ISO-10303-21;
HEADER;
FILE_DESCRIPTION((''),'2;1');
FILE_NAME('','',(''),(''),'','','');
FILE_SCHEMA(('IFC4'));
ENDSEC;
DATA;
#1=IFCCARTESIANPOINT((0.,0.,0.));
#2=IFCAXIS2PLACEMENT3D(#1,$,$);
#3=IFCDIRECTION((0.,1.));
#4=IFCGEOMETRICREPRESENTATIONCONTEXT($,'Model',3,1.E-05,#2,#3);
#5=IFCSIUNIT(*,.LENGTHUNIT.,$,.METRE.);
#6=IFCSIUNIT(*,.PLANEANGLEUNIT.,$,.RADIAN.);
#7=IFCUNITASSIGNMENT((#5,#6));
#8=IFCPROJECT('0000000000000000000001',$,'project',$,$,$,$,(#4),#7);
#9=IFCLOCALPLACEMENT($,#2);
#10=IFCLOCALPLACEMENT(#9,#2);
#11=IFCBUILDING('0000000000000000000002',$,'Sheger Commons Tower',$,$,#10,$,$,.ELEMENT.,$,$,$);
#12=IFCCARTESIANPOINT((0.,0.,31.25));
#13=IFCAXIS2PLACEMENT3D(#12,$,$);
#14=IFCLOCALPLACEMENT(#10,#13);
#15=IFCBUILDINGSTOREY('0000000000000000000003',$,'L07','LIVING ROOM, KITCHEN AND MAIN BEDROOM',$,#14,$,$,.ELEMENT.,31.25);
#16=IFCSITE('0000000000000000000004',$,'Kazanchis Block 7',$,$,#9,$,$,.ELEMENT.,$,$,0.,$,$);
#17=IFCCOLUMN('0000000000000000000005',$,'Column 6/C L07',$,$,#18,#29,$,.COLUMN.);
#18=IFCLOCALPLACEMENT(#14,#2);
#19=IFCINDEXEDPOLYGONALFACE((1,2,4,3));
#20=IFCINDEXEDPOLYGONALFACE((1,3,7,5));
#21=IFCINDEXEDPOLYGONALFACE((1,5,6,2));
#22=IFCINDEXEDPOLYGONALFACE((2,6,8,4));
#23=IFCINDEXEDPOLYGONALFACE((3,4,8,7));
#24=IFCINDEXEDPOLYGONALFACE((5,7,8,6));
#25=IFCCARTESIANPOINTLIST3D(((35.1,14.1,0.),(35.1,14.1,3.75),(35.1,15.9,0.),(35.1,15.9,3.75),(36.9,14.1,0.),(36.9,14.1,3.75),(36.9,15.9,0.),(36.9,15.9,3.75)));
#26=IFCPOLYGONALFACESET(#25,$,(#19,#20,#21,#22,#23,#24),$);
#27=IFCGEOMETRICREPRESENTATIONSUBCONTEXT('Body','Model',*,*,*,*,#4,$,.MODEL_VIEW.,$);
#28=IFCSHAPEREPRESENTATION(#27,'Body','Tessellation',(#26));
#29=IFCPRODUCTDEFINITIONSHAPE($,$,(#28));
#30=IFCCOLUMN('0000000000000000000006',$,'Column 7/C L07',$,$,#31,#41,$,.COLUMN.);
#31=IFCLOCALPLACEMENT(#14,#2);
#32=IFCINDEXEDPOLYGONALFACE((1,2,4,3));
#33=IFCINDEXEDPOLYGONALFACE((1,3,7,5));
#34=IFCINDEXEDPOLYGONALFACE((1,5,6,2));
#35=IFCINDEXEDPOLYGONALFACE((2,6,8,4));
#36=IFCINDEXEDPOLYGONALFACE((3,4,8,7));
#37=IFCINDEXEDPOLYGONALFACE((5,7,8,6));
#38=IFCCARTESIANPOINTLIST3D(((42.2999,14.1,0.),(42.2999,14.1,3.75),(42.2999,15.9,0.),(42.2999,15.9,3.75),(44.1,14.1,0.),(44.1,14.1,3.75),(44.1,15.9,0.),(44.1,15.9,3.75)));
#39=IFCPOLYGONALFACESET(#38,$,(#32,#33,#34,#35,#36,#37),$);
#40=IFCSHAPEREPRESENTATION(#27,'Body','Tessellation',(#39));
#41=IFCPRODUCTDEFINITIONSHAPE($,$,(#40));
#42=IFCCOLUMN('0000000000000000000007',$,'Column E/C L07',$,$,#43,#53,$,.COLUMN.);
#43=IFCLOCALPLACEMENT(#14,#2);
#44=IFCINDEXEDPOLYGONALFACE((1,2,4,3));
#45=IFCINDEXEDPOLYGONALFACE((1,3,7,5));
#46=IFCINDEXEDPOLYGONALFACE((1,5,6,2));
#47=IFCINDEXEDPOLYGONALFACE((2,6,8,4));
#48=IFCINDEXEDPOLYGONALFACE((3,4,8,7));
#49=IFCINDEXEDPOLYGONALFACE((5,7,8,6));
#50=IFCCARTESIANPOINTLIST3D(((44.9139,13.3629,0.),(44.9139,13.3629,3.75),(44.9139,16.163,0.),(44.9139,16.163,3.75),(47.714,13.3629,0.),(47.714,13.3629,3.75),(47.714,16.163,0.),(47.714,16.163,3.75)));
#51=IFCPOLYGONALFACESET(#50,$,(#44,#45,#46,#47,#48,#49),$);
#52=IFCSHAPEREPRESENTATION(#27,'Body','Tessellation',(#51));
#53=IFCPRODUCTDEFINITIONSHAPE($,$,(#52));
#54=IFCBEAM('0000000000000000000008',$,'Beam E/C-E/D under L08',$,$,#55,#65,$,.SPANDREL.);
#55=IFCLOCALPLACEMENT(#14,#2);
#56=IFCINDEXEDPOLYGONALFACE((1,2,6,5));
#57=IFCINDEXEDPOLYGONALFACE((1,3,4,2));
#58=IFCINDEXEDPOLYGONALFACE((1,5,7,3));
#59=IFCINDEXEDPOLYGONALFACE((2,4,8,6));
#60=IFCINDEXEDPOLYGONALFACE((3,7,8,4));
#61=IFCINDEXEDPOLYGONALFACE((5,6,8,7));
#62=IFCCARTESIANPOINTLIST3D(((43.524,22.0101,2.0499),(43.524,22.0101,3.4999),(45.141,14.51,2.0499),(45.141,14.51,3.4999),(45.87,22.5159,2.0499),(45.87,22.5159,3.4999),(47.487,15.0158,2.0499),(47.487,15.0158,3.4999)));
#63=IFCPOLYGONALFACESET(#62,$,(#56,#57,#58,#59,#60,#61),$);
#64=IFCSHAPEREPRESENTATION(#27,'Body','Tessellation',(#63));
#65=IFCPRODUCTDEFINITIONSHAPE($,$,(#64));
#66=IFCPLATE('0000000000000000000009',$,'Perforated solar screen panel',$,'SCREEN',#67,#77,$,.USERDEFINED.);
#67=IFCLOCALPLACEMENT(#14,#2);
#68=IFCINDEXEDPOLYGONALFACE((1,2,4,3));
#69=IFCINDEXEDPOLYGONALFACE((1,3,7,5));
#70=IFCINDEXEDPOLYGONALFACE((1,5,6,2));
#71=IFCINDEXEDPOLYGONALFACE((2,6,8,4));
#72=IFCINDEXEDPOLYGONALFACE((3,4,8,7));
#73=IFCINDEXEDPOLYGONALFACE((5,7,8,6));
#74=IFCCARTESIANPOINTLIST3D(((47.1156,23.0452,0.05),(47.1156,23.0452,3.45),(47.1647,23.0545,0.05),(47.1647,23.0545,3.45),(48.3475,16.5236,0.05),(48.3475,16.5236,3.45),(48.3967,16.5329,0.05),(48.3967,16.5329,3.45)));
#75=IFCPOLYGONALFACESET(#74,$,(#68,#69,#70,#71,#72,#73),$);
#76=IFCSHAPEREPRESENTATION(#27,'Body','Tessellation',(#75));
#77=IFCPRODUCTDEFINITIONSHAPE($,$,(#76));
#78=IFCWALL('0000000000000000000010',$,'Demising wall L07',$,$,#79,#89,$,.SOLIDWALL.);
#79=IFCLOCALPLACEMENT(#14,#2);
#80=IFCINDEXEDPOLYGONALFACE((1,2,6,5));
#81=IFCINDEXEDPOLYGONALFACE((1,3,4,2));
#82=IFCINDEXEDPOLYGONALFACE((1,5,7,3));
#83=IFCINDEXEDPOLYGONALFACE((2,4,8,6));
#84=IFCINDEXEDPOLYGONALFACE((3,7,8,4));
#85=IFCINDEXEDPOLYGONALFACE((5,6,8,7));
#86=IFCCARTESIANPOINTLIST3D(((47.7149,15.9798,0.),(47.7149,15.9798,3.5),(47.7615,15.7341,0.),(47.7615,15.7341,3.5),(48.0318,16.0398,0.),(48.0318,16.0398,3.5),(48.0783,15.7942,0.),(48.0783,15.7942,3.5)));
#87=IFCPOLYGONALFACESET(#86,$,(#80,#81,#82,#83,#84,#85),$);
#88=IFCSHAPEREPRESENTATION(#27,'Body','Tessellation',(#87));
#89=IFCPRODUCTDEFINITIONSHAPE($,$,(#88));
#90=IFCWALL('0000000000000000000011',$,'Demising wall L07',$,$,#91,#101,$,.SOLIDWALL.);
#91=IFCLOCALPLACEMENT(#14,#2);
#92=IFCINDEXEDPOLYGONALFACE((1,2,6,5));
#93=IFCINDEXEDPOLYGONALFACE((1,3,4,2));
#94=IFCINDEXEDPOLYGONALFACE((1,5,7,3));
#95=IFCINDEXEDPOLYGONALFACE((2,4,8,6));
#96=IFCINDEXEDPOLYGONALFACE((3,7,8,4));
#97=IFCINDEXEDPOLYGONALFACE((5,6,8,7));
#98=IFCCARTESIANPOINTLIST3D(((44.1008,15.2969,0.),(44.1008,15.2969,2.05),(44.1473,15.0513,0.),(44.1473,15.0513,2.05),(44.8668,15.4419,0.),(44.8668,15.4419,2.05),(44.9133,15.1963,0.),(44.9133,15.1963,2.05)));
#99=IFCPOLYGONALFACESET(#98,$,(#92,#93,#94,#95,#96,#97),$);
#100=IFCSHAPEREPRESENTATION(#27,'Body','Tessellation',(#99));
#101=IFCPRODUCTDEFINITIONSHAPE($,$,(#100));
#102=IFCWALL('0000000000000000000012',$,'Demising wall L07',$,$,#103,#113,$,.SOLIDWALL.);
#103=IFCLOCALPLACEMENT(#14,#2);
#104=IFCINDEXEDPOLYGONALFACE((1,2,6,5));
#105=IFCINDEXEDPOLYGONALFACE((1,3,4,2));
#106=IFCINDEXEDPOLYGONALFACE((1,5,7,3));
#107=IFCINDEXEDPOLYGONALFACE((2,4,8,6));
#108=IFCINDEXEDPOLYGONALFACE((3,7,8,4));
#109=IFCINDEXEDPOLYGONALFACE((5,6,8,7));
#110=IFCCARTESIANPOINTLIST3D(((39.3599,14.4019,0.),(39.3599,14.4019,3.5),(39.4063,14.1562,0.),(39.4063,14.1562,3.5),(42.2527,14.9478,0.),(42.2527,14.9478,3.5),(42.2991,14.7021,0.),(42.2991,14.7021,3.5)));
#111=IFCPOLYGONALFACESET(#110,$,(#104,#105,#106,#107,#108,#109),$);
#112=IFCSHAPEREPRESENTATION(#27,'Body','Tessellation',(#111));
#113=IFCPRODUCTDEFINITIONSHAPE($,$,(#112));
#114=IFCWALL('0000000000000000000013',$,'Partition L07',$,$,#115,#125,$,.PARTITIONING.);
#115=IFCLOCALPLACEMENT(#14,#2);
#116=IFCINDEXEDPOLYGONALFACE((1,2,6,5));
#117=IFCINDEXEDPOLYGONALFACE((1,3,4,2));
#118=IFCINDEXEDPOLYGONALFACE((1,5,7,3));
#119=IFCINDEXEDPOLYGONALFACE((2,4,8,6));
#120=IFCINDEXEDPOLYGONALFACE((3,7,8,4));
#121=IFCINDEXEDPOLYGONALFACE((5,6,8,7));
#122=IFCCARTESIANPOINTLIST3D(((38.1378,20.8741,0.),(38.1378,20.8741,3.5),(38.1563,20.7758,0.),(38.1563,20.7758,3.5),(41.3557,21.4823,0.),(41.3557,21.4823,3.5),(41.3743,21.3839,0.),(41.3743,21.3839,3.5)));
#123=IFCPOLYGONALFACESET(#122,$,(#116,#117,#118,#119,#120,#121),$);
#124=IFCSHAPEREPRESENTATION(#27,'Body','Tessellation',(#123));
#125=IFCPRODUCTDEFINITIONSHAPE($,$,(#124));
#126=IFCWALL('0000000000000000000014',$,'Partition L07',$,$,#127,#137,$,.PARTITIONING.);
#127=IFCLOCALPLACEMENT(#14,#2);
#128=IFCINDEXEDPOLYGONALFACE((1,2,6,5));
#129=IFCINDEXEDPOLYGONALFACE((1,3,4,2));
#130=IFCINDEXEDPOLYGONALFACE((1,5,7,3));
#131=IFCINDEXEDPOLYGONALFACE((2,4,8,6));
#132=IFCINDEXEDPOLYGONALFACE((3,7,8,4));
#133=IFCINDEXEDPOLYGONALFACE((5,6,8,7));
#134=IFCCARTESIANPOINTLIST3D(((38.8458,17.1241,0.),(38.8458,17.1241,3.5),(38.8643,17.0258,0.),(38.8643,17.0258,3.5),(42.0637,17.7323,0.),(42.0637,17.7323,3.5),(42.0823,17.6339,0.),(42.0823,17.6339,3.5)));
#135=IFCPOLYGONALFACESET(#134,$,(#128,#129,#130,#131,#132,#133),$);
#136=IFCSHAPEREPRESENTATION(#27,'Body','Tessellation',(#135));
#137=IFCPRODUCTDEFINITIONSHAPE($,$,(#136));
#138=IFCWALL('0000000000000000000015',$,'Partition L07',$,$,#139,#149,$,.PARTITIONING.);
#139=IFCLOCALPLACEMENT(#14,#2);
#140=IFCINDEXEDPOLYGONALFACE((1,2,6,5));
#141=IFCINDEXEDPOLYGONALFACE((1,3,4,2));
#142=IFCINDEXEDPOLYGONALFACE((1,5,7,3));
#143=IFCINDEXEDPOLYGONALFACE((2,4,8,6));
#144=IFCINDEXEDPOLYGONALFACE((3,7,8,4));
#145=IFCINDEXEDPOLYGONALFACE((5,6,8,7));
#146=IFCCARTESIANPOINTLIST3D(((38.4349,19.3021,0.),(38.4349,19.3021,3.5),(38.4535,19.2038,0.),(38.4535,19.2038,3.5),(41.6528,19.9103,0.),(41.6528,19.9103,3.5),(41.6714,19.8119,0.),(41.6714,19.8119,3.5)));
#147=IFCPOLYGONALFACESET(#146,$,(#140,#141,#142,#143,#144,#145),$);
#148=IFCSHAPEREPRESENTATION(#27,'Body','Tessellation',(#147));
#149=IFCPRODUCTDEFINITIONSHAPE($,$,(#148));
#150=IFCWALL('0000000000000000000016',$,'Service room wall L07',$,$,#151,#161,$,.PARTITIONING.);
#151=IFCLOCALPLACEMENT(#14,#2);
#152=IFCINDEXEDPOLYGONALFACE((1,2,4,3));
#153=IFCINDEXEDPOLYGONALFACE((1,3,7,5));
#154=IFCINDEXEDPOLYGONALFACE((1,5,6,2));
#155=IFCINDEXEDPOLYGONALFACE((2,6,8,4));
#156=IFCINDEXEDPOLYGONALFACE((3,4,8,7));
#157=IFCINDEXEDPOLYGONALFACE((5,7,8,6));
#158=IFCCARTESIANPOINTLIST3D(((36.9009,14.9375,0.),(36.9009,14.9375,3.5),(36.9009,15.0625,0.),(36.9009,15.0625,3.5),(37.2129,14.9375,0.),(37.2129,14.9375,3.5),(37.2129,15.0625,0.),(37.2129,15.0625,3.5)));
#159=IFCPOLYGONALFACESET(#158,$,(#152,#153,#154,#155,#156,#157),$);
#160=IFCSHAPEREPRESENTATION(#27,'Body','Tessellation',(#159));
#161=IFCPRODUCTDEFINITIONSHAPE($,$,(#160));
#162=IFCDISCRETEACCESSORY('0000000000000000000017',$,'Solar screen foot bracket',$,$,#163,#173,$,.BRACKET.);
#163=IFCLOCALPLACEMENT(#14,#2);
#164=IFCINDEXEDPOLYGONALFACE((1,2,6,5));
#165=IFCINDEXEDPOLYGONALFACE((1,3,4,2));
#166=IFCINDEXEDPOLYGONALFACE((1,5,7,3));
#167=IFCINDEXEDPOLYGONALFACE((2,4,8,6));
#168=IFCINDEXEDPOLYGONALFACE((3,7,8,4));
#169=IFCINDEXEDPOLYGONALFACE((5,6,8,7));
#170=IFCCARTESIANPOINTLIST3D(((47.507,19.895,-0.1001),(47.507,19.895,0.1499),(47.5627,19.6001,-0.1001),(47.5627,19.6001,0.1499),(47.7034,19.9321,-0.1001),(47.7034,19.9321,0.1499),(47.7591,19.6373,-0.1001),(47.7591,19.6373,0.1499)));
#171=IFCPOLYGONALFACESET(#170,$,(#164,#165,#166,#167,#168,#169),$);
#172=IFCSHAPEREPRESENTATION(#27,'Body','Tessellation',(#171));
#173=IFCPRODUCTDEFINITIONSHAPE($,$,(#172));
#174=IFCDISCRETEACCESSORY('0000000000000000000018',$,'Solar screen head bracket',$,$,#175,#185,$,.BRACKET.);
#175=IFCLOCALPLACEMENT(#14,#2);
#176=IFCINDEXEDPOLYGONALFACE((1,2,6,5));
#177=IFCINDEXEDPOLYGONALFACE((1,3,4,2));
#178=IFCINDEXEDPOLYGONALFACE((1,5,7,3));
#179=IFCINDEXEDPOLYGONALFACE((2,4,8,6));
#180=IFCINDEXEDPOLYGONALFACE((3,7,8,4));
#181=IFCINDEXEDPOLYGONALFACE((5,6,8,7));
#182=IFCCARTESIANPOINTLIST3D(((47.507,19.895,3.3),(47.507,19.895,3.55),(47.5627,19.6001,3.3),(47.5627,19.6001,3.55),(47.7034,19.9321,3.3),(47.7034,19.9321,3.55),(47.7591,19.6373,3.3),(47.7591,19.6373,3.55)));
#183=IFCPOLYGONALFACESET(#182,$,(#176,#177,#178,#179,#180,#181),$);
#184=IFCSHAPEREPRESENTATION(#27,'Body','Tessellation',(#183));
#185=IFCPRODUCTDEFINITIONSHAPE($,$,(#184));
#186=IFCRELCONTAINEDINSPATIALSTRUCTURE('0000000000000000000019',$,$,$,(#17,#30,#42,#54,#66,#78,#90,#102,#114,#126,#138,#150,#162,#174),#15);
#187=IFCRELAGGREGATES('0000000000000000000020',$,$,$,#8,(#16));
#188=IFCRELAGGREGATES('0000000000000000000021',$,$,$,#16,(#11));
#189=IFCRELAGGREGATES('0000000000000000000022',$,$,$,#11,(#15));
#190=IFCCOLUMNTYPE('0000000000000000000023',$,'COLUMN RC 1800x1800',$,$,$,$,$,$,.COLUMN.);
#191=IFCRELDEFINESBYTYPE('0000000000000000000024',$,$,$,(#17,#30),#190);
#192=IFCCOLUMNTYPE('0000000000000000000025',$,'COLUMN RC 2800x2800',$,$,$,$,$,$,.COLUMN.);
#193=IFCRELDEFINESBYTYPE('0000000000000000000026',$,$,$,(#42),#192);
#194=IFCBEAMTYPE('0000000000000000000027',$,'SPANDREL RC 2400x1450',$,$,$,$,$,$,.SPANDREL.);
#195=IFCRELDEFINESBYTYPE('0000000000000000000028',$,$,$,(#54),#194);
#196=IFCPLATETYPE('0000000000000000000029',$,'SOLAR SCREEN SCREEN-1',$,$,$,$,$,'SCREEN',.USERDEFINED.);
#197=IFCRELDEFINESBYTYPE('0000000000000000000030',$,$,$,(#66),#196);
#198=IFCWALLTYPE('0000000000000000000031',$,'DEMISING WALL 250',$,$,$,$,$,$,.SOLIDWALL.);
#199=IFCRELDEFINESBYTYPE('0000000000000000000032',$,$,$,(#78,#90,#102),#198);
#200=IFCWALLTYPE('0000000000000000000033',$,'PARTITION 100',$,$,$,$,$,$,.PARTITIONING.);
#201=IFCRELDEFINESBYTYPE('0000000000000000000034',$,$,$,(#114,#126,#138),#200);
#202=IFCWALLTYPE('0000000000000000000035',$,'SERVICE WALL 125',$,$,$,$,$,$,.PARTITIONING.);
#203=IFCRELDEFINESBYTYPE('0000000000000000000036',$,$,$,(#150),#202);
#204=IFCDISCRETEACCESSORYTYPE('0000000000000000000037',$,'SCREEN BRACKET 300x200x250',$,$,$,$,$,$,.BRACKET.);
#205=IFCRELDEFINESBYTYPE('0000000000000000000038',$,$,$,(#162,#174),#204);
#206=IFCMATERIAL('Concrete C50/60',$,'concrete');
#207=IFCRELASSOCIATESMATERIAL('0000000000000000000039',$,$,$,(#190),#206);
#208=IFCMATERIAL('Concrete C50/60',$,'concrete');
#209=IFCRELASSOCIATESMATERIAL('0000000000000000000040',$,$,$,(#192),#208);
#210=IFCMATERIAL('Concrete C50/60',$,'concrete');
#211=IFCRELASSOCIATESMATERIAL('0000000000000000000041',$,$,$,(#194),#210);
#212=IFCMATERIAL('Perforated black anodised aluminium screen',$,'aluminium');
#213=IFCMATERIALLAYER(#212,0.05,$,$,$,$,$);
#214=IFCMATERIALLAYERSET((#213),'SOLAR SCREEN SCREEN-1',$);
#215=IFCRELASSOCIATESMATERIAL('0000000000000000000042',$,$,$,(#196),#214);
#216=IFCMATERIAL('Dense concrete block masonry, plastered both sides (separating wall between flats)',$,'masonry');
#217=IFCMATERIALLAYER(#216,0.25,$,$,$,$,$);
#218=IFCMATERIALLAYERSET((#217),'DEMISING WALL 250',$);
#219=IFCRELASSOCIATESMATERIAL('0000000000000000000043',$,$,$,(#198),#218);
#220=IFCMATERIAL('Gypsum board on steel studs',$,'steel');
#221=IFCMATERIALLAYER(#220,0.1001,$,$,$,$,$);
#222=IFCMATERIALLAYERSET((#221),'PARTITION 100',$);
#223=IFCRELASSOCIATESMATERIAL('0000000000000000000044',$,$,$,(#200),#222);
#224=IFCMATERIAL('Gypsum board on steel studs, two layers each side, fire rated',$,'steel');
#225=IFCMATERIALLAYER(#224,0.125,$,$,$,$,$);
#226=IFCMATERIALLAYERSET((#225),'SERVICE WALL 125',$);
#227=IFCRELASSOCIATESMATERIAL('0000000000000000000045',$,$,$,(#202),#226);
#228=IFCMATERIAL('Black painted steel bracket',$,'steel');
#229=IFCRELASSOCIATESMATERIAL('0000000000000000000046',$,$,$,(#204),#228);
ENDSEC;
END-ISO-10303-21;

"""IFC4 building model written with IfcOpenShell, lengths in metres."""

from ifc_helpers import new_model, si_unit, direction, frame, frame_2d, origin, origin_2d, place, context, subcontext, project, spatial, rectangle, extrude, material, layer, layer_set, material_profile, profile_set, type_object, element, save


model = new_model("IFC4")

# Units and contexts
model_context = context("Model", 3, precision=1e-05, world=origin(), true_north=direction((0.0, 1.0)))
body_context = subcontext(model_context, "Body", "Model", "MODEL_VIEW")
ifc_project = project(units=[si_unit("LENGTHUNIT", "METRE"), si_unit("PLANEANGLEUNIT", "RADIAN")], contexts=[model_context])

# Site, building, storey
site_placement = place(None, origin())
site = spatial("IfcSite", under=ifc_project, at=site_placement, Name="Kazanchis Block 7", CompositionType="ELEMENT", RefElevation=0.0)
building_placement = place(site_placement, origin())
building = spatial("IfcBuilding", under=site, at=building_placement, Name="Sheger Commons Tower", CompositionType="ELEMENT")
storey_placement = place(building_placement, frame((0.0, 0.0, 31.25)))
storey = spatial("IfcBuildingStorey", under=building, at=storey_placement, Name="L07", Description="LIVING ROOM, KITCHEN AND MAIN BEDROOM", CompositionType="ELEMENT", Elevation=31.25)

# Columns
ifc_material_1 = material(Name="Concrete C50/60", Category="concrete")
ifc_material_profile_1 = material_profile(ifc_material_1, rectangle(XDim=1.8, YDim=1.8, at=origin_2d()), Name="RC 1800x1800")
ifc_profile_set_1 = profile_set([ifc_material_profile_1], Name="Concrete C50/60")
column_type_1 = type_object("IfcColumnType", Name="COLUMN RC 1800x1800", PredefinedType="COLUMN", material=ifc_profile_set_1)
for number, where, z_axis, x_axis, name in (
    (1, (36.0, 15.0, 0.0), (0.0, 0.0, 1.0), (1.0, 0.0, 0.0), "Column 6/C L07"),
    (2, (43.2, 15.0, 0.0), (0.0, 0.0, 1.0), (1.0, 0.0, 0.0), "Column 7/C L07"),
):
    element("IfcColumn", number, at=place(storey_placement, frame(where, z_axis=z_axis, x_axis=x_axis)), inside=storey, type_object=column_type_1, Name=name, PredefinedType="COLUMN", context=body_context, shape_type="SweptSolid", body=[
        extrude(rectangle(XDim=1.8, YDim=1.8, at=origin_2d()), origin(), (0.0, 0.0, 1.0), 3.75),
    ])
ifc_material_2 = material(Name="Concrete C50/60", Category="concrete")
ifc_material_profile_2 = material_profile(ifc_material_2, rectangle(XDim=2.8, YDim=2.8, at=origin_2d()), Name="RC 2800x2800")
ifc_profile_set_2 = profile_set([ifc_material_profile_2], Name="Concrete C50/60")
column_type_2 = type_object("IfcColumnType", Name="COLUMN RC 2800x2800", PredefinedType="COLUMN", material=ifc_profile_set_2)
column_placement = place(storey_placement, frame((46.314, 14.7629, 0.0), z_axis=(0.0, 0.0, 1.0), x_axis=(1.0, 0.0, 0.0)))
element("IfcColumn", 3, at=column_placement, inside=storey, type_object=column_type_2, Name="Column E/C L07", PredefinedType="COLUMN", context=body_context, shape_type="SweptSolid", body=[
    extrude(rectangle(XDim=2.8, YDim=2.8, at=origin_2d()), origin(), (0.0, 0.0, 1.0), 3.75),
])

# Beam
ifc_material_3 = material(Name="Concrete C50/60", Category="concrete")
ifc_material_profile_3 = material_profile(ifc_material_3, rectangle(XDim=2.3999, YDim=1.45, at=origin_2d()), Name="RC 2400x1450")
ifc_profile_set_3 = profile_set([ifc_material_profile_3], Name="Concrete C50/60")
beam_type = type_object("IfcBeamType", Name="SPANDREL RC 2400x1450", PredefinedType="SPANDREL", material=ifc_profile_set_3)
beam_placement = place(storey_placement, frame((46.314, 14.7629, 2.7749), z_axis=(-0.21075, 0.97754, 0.0), x_axis=(-0.97754, -0.21075, 0.0)))
element("IfcBeam", 4, at=beam_placement, inside=storey, type_object=beam_type, Name="Beam E/C-E/D under L08", PredefinedType="SPANDREL", context=body_context, shape_type="SweptSolid", body=[
    extrude(rectangle(XDim=2.3999, YDim=1.45, at=origin_2d()), origin(), (0.0, 0.0, 1.0), 7.6724),
])

# Plate
ifc_material_4 = material(Name="Perforated black anodised aluminium screen", Category="aluminium")
ifc_layer_1 = layer(ifc_material_4, 0.05)
ifc_layer_set_1 = layer_set([ifc_layer_1], Name="SOLAR SCREEN SCREEN-1")
plate_type = type_object("IfcPlateType", Name="SOLAR SCREEN SCREEN-1", ElementType="SCREEN", PredefinedType="USERDEFINED", material=ifc_layer_set_1)
plate_placement = place(storey_placement, frame((47.7561, 19.7891, 0.05), z_axis=(0.0, 0.0, 1.0), x_axis=(-0.185615, 0.982623, 0.0)))
element("IfcPlate", 5, at=plate_placement, inside=storey, type_object=plate_type, Name="Perforated solar screen panel", ObjectType="SCREEN", PredefinedType="USERDEFINED", context=body_context, shape_type="SweptSolid", body=[
    extrude(rectangle(XDim=6.637, YDim=0.05, at=origin_2d()), origin(), (0.0, 0.0, 1.0), 3.3999),
])

# Walls
ifc_material_5 = material(Name="Dense concrete block masonry, plastered both sides (separating wall between flats)", Category="masonry")
ifc_layer_2 = layer(ifc_material_5, 0.25)
ifc_layer_set_2 = layer_set([ifc_layer_2], Name="DEMISING WALL 250")
wall_type_1 = type_object("IfcWallType", Name="DEMISING WALL 250", PredefinedType="SOLIDWALL", material=ifc_layer_set_2)
wall_1_placement = place(storey_placement, frame((48.0549, 15.917, 0.0), z_axis=(0.0, 0.0, 1.0), x_axis=(-0.98251, -0.186208, 0.0)))
element("IfcWall", 6, at=wall_1_placement, inside=storey, type_object=wall_type_1, Name="Demising wall L07", PredefinedType="SOLIDWALL", context=body_context, shape_type="SweptSolid", body=[
    extrude(rectangle(XDim=0.3225, YDim=0.25, at=frame_2d((0.1611, 0.0))), origin(), (0.0, 0.0, 1.0), 3.5),
])
wall_2_placement = place(storey_placement, frame((44.8899, 15.3191, 0.0), z_axis=(0.0, 0.0, 1.0), x_axis=(-0.982541, -0.186047, 0.0)))
element("IfcWall", 7, at=wall_2_placement, inside=storey, type_object=wall_type_1, Name="Demising wall L07", PredefinedType="SOLIDWALL", context=body_context, shape_type="SweptSolid", body=[
    extrude(rectangle(XDim=0.7795, YDim=0.25, at=frame_2d((0.3896, 0.0))), origin(), (0.0, 0.0, 1.0), 2.05),
])
wall_3_placement = place(storey_placement, frame((42.2759, 14.825, 0.0), z_axis=(0.0, 0.0, 1.0), x_axis=(-0.982657, -0.185435, 0.0)))
element("IfcWall", 8, at=wall_3_placement, inside=storey, type_object=wall_type_1, Name="Demising wall L07", PredefinedType="SOLIDWALL", context=body_context, shape_type="SweptSolid", body=[
    extrude(rectangle(XDim=2.9438, YDim=0.25, at=frame_2d((1.4719, 0.0))), origin(), (0.0, 0.0, 1.0), 3.5),
])
ifc_material_6 = material(Name="Gypsum board on steel studs", Category="steel")
ifc_layer_3 = layer(ifc_material_6, 0.1001)
ifc_layer_set_3 = layer_set([ifc_layer_3], Name="PARTITION 100")
wall_type_2 = type_object("IfcWallType", Name="PARTITION 100", PredefinedType="PARTITIONING", material=ifc_layer_set_3)
for number, where, z_axis, x_axis, name in (
    (9, (41.365, 21.4331, 0.0), (0.0, 0.0, 1.0), (-0.982607, -0.185697, 0.0), "Partition L07"),
    (10, (42.073, 17.6831, 0.0), (0.0, 0.0, 1.0), (-0.982607, -0.185697, 0.0), "Partition L07"),
    (11, (41.6621, 19.8611, 0.0), (0.0, 0.0, 1.0), (-0.982607, -0.185697, 0.0), "Partition L07"),
):
    element("IfcWall", number, at=place(storey_placement, frame(where, z_axis=z_axis, x_axis=x_axis)), inside=storey, type_object=wall_type_2, Name=name, PredefinedType="PARTITIONING", context=body_context, shape_type="SweptSolid", body=[
        extrude(rectangle(XDim=3.2749, YDim=0.1001, at=frame_2d((1.6375, 0.0))), origin(), (0.0, 0.0, 1.0), 3.5),
    ])
ifc_material_7 = material(Name="Gypsum board on steel studs, two layers each side, fire rated", Category="steel")
ifc_layer_4 = layer(ifc_material_7, 0.125)
ifc_layer_set_4 = layer_set([ifc_layer_4], Name="SERVICE WALL 125")
wall_type_3 = type_object("IfcWallType", Name="SERVICE WALL 125", PredefinedType="PARTITIONING", material=ifc_layer_set_4)
wall_4_placement = place(storey_placement, frame((36.9009, 15.0, 0.0), z_axis=(0.0, 0.0, 1.0), x_axis=(1.0, 0.0, 0.0)))
element("IfcWall", 12, at=wall_4_placement, inside=storey, type_object=wall_type_3, Name="Service room wall L07", PredefinedType="PARTITIONING", context=body_context, shape_type="SweptSolid", body=[
    extrude(rectangle(XDim=0.312, YDim=0.125, at=frame_2d((0.156, 0.0))), origin(), (0.0, 0.0, 1.0), 3.5),
])

# Discrete accessories
ifc_material_8 = material(Name="Black painted steel bracket", Category="steel")
discrete_accessory_type = type_object("IfcDiscreteAccessoryType", Name="SCREEN BRACKET 300x200x250", PredefinedType="BRACKET", material=ifc_material_8)
for number, where, z_axis, x_axis, name in (
    (13, (47.6331, 19.7661, -0.1001), (0.0, 0.0, 1.0), (-0.185615, 0.982623, 0.0), "Solar screen foot bracket"),
    (14, (47.6331, 19.7661, 3.3), (0.0, 0.0, 1.0), (-0.185615, 0.982623, 0.0), "Solar screen head bracket"),
):
    element("IfcDiscreteAccessory", number, at=place(storey_placement, frame(where, z_axis=z_axis, x_axis=x_axis)), inside=storey, type_object=discrete_accessory_type, Name=name, PredefinedType="BRACKET", context=body_context, shape_type="SweptSolid", body=[
        extrude(rectangle(XDim=0.3, YDim=0.2, at=origin_2d()), origin(), (0.0, 0.0, 1.0), 0.25),
    ])

save(model, "model.ifc")
